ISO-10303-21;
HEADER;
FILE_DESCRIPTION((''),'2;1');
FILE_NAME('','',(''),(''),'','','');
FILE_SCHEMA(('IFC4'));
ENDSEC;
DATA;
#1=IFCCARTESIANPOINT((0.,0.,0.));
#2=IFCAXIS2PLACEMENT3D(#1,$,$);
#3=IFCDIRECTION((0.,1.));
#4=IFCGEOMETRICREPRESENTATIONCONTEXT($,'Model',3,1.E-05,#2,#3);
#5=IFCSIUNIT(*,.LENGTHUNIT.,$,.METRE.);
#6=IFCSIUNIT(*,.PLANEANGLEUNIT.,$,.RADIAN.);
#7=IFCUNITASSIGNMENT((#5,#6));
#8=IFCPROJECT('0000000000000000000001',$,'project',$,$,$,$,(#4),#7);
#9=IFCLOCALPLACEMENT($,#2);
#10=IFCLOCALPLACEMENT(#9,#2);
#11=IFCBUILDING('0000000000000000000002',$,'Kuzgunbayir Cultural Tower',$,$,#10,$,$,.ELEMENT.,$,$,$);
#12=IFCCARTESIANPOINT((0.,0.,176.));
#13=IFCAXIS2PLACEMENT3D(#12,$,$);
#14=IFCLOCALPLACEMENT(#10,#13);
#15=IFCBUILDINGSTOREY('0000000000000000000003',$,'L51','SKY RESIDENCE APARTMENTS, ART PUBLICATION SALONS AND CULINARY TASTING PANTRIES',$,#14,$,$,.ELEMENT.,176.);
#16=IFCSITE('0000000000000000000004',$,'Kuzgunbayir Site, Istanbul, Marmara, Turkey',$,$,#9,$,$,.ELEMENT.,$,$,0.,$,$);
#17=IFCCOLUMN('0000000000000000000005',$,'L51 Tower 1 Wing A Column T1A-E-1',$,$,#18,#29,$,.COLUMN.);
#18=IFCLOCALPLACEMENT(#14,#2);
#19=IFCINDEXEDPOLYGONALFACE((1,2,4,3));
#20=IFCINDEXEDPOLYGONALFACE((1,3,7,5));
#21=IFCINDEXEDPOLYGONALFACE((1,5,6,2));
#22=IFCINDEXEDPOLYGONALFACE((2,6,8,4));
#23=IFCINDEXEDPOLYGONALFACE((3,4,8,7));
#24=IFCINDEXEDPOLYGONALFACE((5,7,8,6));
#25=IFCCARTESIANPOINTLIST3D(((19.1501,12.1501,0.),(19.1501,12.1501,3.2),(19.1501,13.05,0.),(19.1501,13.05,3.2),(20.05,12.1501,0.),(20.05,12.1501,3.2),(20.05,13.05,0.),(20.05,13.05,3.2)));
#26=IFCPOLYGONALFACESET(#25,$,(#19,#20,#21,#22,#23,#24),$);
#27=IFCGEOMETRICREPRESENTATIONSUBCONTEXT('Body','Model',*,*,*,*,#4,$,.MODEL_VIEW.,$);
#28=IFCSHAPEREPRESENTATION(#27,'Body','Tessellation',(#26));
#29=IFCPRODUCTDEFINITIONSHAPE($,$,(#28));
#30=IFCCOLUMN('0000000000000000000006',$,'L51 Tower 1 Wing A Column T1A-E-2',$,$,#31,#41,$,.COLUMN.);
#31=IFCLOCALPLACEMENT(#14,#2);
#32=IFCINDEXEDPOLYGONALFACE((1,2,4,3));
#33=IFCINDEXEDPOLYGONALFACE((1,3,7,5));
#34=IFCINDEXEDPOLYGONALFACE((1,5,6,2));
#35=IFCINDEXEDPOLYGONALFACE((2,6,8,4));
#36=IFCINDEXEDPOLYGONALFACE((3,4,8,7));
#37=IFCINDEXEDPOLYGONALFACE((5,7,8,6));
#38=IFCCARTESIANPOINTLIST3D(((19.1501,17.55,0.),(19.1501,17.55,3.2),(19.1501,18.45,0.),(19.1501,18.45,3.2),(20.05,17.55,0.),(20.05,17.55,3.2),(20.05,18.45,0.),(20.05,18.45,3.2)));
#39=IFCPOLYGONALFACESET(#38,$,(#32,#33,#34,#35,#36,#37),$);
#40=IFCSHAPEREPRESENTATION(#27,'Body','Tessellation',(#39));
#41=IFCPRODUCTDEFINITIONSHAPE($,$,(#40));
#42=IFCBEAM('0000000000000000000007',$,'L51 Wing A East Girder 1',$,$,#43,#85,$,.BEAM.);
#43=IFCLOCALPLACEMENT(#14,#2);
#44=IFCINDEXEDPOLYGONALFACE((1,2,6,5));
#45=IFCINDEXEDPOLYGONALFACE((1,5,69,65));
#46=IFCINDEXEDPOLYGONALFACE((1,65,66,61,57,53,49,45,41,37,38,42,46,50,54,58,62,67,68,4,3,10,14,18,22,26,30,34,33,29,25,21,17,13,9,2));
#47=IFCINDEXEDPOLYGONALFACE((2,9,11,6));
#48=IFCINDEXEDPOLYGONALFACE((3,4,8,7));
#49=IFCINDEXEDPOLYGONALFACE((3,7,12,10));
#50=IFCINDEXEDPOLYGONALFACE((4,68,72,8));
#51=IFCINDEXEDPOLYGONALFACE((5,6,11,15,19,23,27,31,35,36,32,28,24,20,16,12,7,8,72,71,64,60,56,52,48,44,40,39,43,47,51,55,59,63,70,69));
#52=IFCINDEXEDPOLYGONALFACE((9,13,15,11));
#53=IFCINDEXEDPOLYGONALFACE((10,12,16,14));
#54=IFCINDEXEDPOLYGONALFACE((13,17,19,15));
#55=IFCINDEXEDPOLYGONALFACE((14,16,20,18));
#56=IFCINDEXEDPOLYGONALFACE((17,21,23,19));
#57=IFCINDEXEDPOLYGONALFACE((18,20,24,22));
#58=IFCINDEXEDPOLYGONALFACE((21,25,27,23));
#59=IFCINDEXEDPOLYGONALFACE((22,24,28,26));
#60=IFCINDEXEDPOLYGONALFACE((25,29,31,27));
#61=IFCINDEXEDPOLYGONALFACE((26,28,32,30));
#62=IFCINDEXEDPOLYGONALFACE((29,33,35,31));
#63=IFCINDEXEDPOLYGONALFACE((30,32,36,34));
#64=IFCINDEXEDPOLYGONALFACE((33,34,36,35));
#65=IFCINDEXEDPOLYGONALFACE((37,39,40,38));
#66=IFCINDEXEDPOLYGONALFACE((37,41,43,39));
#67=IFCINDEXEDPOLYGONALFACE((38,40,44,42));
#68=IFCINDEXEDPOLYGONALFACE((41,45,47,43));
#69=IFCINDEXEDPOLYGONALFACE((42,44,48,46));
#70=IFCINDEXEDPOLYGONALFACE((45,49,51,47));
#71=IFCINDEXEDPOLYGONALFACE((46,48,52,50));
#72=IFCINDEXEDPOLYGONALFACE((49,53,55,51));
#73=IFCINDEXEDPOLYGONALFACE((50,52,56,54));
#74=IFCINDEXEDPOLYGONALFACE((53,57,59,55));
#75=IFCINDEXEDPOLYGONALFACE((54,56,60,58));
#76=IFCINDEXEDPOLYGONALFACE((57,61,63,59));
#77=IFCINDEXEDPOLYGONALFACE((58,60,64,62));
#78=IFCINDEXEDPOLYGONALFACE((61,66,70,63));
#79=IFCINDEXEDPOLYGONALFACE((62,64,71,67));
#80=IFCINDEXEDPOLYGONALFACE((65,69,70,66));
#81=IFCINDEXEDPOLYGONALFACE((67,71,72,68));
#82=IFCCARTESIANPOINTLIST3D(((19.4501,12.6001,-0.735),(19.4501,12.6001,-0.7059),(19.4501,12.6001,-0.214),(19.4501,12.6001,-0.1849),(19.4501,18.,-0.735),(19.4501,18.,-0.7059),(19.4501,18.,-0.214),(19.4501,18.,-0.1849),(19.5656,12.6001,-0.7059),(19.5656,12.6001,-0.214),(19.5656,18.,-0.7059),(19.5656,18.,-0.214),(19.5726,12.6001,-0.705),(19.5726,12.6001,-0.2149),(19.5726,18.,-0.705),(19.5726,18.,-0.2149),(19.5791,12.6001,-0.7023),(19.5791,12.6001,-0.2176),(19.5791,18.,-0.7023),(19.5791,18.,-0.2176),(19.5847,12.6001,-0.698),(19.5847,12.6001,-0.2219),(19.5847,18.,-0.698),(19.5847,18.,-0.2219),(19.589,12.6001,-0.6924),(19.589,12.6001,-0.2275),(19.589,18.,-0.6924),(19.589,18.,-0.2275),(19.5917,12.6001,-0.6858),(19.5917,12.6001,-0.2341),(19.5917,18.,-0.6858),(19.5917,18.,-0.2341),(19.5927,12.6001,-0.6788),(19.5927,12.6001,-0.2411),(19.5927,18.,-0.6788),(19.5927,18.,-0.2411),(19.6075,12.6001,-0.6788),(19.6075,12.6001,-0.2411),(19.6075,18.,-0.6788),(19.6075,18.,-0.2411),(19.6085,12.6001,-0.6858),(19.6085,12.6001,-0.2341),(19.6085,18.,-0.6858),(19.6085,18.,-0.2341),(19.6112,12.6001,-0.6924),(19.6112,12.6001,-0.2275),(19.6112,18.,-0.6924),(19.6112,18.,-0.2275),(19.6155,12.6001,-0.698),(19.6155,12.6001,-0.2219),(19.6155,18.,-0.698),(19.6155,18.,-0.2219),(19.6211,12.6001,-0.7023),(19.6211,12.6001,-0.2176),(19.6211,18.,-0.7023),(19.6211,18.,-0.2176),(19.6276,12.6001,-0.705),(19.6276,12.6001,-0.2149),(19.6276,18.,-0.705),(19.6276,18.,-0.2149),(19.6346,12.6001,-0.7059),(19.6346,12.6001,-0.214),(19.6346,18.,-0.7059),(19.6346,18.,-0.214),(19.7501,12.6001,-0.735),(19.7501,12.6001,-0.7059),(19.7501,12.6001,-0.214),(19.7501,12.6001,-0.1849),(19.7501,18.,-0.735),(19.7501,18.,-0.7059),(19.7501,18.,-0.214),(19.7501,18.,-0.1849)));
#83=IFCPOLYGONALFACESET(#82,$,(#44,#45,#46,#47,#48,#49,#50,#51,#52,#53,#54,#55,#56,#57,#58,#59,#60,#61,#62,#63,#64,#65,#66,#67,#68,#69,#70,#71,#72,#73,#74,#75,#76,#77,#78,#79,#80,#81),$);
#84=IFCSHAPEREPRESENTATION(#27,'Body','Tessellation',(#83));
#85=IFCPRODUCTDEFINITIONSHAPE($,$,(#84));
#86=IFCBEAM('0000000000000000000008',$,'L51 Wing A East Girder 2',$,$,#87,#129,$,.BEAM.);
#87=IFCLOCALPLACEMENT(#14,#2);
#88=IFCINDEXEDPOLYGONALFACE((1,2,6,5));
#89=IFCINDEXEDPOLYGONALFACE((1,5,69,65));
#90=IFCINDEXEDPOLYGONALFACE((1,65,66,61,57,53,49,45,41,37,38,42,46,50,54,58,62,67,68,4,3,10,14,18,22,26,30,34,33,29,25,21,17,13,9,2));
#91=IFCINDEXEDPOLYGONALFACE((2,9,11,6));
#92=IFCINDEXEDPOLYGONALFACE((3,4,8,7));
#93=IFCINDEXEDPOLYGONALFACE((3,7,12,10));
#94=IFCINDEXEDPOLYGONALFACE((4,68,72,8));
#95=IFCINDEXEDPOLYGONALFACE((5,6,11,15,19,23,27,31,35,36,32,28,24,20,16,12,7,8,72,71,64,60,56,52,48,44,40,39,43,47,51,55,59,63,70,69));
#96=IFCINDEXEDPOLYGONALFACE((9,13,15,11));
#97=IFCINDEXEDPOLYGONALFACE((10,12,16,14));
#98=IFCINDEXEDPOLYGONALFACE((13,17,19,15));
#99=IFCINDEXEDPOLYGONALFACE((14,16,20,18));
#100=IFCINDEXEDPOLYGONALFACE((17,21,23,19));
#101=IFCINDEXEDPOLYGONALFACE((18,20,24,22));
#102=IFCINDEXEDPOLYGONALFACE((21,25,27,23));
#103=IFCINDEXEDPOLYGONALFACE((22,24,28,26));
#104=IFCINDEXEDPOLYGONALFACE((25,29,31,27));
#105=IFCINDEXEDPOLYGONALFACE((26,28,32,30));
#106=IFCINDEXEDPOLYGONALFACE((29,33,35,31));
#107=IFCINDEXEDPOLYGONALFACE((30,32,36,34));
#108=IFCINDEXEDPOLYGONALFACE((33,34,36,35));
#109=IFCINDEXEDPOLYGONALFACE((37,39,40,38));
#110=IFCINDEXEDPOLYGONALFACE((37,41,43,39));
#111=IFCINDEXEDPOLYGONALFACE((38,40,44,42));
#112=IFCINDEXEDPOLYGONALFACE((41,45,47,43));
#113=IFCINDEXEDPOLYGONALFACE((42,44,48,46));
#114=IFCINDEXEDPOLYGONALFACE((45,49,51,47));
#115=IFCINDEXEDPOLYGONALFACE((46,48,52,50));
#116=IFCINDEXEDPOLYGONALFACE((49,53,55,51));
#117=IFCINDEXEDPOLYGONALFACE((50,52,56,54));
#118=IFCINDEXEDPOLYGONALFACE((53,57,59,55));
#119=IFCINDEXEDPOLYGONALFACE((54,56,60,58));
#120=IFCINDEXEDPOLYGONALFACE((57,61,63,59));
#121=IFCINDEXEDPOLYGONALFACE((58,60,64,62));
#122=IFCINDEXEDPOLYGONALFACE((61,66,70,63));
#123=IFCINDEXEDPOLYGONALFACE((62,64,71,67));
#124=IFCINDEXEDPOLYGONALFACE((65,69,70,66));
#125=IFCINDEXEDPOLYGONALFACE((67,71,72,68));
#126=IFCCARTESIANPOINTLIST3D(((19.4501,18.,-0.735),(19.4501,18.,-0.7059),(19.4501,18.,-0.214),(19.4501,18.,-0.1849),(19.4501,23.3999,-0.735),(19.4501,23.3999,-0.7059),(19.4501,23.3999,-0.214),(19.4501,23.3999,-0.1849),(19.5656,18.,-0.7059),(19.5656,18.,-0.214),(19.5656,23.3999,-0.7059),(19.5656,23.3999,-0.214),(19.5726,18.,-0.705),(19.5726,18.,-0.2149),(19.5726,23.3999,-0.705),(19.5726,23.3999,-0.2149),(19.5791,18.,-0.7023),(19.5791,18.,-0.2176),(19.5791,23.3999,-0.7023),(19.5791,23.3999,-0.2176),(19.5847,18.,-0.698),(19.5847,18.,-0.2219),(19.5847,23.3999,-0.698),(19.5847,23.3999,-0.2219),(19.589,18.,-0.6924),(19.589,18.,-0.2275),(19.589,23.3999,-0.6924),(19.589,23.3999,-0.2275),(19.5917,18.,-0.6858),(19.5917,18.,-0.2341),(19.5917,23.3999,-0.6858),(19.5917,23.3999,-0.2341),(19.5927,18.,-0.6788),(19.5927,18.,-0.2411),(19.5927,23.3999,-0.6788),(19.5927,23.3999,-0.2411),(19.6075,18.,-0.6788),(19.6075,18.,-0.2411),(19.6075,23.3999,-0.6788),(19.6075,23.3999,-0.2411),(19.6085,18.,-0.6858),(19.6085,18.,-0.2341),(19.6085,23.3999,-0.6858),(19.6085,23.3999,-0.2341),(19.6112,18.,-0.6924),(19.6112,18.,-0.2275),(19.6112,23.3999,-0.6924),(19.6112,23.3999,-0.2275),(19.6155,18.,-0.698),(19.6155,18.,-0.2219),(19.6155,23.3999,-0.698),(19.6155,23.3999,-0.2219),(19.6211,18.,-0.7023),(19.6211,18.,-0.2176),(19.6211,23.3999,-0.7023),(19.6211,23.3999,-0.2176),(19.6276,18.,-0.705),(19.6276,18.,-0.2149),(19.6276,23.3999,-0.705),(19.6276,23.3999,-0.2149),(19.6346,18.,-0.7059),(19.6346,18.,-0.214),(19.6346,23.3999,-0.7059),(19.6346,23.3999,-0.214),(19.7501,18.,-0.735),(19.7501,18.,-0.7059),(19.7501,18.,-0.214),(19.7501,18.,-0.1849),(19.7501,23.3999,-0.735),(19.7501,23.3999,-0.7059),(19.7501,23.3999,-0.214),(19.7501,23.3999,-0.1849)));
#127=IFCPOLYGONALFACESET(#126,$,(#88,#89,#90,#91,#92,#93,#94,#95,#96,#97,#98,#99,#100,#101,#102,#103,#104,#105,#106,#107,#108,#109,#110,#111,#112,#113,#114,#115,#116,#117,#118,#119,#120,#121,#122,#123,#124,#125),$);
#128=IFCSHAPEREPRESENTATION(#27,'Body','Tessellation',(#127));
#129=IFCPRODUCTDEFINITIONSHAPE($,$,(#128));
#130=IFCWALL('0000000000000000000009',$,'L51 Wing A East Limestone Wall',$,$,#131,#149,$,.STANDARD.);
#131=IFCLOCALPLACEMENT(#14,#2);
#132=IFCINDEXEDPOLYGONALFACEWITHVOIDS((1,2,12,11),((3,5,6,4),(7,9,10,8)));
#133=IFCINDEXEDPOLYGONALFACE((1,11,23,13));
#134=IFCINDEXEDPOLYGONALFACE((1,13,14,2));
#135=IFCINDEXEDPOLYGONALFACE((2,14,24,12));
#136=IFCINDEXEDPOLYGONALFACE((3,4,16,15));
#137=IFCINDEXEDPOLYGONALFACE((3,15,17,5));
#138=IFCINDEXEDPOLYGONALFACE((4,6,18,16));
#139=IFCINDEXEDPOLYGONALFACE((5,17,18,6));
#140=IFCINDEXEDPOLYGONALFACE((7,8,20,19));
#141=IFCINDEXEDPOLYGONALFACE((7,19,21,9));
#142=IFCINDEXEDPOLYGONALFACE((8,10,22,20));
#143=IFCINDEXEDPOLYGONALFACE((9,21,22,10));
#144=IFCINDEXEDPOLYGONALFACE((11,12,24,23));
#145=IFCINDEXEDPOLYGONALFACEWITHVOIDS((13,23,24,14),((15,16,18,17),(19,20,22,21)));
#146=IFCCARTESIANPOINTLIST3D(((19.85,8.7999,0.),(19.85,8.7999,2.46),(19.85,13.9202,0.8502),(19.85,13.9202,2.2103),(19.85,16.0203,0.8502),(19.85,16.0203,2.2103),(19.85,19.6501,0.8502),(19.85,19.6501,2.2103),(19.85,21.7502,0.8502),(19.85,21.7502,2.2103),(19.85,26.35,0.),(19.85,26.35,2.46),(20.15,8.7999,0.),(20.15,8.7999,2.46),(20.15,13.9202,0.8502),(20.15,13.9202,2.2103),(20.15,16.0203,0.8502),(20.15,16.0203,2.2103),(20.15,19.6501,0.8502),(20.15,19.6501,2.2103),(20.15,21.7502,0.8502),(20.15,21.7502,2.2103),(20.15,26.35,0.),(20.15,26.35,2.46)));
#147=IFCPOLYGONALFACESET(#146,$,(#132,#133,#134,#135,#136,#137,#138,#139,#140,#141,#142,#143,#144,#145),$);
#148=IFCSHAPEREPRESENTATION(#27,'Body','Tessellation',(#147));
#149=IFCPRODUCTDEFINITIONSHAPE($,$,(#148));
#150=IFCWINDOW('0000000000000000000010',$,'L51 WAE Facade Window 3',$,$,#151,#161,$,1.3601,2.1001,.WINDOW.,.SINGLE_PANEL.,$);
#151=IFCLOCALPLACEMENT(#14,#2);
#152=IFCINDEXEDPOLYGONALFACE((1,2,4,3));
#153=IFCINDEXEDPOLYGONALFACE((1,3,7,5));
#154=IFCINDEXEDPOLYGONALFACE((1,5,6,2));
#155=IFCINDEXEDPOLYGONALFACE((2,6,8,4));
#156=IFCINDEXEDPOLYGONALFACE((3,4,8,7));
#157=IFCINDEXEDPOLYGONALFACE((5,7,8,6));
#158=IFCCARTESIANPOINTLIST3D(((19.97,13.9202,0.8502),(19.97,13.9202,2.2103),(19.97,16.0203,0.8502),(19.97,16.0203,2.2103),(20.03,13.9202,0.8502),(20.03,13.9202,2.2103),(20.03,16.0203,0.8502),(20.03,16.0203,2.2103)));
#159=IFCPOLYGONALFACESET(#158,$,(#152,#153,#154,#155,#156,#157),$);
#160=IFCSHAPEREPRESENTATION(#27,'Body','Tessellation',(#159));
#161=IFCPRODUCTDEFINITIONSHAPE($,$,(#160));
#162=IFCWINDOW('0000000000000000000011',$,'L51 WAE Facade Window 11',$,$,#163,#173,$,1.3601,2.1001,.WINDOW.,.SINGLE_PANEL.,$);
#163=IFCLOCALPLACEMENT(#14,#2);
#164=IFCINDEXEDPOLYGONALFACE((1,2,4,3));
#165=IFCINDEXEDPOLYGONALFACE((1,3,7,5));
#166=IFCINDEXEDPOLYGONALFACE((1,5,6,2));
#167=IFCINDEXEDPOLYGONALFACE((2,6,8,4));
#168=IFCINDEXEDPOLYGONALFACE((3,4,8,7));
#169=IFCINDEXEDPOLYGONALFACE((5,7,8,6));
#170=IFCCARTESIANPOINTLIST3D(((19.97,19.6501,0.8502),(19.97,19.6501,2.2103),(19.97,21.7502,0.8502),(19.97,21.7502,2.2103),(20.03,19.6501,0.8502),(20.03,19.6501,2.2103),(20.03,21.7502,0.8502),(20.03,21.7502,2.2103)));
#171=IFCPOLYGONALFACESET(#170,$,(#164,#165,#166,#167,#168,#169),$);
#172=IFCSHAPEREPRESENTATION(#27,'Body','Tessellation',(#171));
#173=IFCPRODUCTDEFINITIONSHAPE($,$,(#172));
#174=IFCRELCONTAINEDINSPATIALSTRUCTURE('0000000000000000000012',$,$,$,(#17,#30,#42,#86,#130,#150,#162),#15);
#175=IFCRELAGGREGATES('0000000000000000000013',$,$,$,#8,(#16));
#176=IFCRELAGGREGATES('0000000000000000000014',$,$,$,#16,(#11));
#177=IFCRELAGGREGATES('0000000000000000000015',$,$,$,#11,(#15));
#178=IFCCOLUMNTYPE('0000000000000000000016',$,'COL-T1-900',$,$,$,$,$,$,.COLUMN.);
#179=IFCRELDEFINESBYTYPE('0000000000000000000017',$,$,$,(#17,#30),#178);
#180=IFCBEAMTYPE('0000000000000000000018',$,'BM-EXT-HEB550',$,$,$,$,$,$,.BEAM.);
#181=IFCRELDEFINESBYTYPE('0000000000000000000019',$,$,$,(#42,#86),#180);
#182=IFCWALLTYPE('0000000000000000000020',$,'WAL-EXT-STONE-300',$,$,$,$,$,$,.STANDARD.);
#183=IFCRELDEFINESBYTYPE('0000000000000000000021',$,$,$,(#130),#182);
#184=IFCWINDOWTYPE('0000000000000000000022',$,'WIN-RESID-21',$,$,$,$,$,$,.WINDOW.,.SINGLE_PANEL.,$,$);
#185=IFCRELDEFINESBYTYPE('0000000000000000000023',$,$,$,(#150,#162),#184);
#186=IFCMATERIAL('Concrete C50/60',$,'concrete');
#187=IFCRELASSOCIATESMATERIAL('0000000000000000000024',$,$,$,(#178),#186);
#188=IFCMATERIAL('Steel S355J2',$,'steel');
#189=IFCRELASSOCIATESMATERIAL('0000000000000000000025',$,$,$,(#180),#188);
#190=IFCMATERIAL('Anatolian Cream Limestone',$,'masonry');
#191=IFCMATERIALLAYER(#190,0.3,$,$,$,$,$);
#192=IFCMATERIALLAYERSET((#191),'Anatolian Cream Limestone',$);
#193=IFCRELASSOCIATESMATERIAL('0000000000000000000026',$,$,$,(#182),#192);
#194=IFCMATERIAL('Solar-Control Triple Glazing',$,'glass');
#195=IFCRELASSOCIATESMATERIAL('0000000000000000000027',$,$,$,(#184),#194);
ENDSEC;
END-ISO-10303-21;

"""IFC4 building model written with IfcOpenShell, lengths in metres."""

from ifc_helpers import new_model, si_unit, direction, frame, frame_2d, origin, origin_2d, place, context, subcontext, project, spatial, rectangle, i_section, extrude, material, layer, layer_set, material_profile, profile_set, type_object, element, fill, save


model = new_model("IFC4")

# Units and contexts
model_context = context("Model", 3, precision=1e-05, world=origin(), true_north=direction((0.0, 1.0)))
body_context = subcontext(model_context, "Body", "Model", "MODEL_VIEW")
ifc_project = project(units=[si_unit("LENGTHUNIT", "METRE"), si_unit("PLANEANGLEUNIT", "RADIAN")], contexts=[model_context])

# Site, building, storey
site_placement = place(None, origin())
site = spatial("IfcSite", under=ifc_project, at=site_placement, Name="Kuzgunbayir Site, Istanbul, Marmara, Turkey", CompositionType="ELEMENT", RefElevation=0.0)
building_placement = place(site_placement, origin())
building = spatial("IfcBuilding", under=site, at=building_placement, Name="Kuzgunbayir Cultural Tower", CompositionType="ELEMENT")
storey_placement = place(building_placement, frame((0.0, 0.0, 176.0)))
storey = spatial("IfcBuildingStorey", under=building, at=storey_placement, Name="L51", Description="SKY RESIDENCE APARTMENTS, ART PUBLICATION SALONS AND CULINARY TASTING PANTRIES", CompositionType="ELEMENT", Elevation=176.0)

# Columns
ifc_material_1 = material(Name="Concrete C50/60", Category="concrete")
ifc_material_profile_1 = material_profile(ifc_material_1, rectangle(XDim=0.8999, YDim=0.8999, at=origin_2d()), Name="RC 900x900")
ifc_profile_set_1 = profile_set([ifc_material_profile_1], Name="Concrete C50/60")
column_type = type_object("IfcColumnType", Name="COL-T1-900", PredefinedType="COLUMN", material=ifc_profile_set_1)
for number, where, z_axis, x_axis, name in (
    (1, (19.6001, 12.6001, 0.0), (0.0, 0.0, 1.0), (1.0, 0.0, 0.0), "L51 Tower 1 Wing A Column T1A-E-1"),
    (2, (19.6001, 18.0, 0.0), (0.0, 0.0, 1.0), (1.0, 0.0, 0.0), "L51 Tower 1 Wing A Column T1A-E-2"),
):
    element("IfcColumn", number, at=place(storey_placement, frame(where, z_axis=z_axis, x_axis=x_axis)), inside=storey, type_object=column_type, Name=name, PredefinedType="COLUMN", context=body_context, shape_type="SweptSolid", body=[
        extrude(rectangle(XDim=0.8999, YDim=0.8999, at=origin_2d()), origin(), (0.0, 0.0, 1.0), 3.2),
    ])

# Beams
ifc_material_2 = material(Name="Steel S355J2", Category="steel")
ifc_material_profile_2 = material_profile(ifc_material_2, i_section(OverallWidth=0.3, OverallDepth=0.55, WebThickness=0.0149, FlangeThickness=0.0291, FilletRadius=0.0271, at=origin_2d()), Name="HEB 550")
ifc_profile_set_2 = profile_set([ifc_material_profile_2], Name="Steel S355J2")
beam_type = type_object("IfcBeamType", Name="BM-EXT-HEB550", PredefinedType="BEAM", material=ifc_profile_set_2)
for number, where, z_axis, x_axis, name in (
    (3, (19.6001, 12.6001, -0.46), (0.0, 1.0, 0.0), (-1.0, 0.0, 0.0), "L51 Wing A East Girder 1"),
    (4, (19.6001, 18.0, -0.46), (0.0, 1.0, 0.0), (-1.0, 0.0, 0.0), "L51 Wing A East Girder 2"),
):
    element("IfcBeam", number, at=place(storey_placement, frame(where, z_axis=z_axis, x_axis=x_axis)), inside=storey, type_object=beam_type, Name=name, PredefinedType="BEAM", context=body_context, shape_type="SweptSolid", body=[
        extrude(i_section(OverallWidth=0.3, OverallDepth=0.55, WebThickness=0.0149, FlangeThickness=0.0291, FilletRadius=0.0271, at=origin_2d()), origin(), (0.0, 0.0, 1.0), 5.3999),
    ])

# Wall, openings, windows
ifc_material_3 = material(Name="Anatolian Cream Limestone", Category="masonry")
ifc_layer_1 = layer(ifc_material_3, 0.3)
ifc_layer_set_1 = layer_set([ifc_layer_1], Name="Anatolian Cream Limestone")
wall_type_1 = type_object("IfcWallType", Name="WAL-EXT-STONE-300", PredefinedType="STANDARD", material=ifc_layer_set_1)
wall_1_placement = place(storey_placement, frame((20.0, 8.8, 0.0), z_axis=(0.0, 0.0, 1.0), x_axis=(0.0, 1.0, 0.0)))
wall_1 = element("IfcWall", 5, at=wall_1_placement, inside=storey, type_object=wall_type_1, Name="L51 Wing A East Limestone Wall", PredefinedType="STANDARD", context=body_context, shape_type="SweptSolid", body=[
    extrude(rectangle(XDim=17.55, YDim=0.3, at=frame_2d((8.7749, 0.0))), origin(), (0.0, 0.0, 1.0), 2.46),
])
opening_1_placement = place(wall_1_placement, frame((5.1201, 0.0, 0.8501)))
opening_1 = element("IfcOpeningElement", 6, at=opening_1_placement, cuts=wall_1, PredefinedType="OPENING", context=body_context, shape_type="SweptSolid", body=[
    extrude(rectangle(XDim=2.1001, YDim=1.3601, at=frame_2d((1.05, 0.6802))), frame((0.0, 0.1602, 0.0), z_axis=(0.0, -1.0, 0.0), x_axis=(1.0, 0.0, 0.0)), (0.0, 0.0, 1.0), 0.3201),
])
opening_2_placement = place(wall_1_placement, frame((10.8501, 0.0, 0.8501)))
opening_2 = element("IfcOpeningElement", 7, at=opening_2_placement, cuts=wall_1, PredefinedType="OPENING", context=body_context, shape_type="SweptSolid", body=[
    extrude(rectangle(XDim=2.1001, YDim=1.3601, at=frame_2d((1.05, 0.6802))), frame((0.0, 0.1602, 0.0), z_axis=(0.0, -1.0, 0.0), x_axis=(1.0, 0.0, 0.0)), (0.0, 0.0, 1.0), 0.3201),
])
ifc_material_4 = material(Name="Solar-Control Triple Glazing", Category="glass")
window_type = type_object("IfcWindowType", Name="WIN-RESID-21", PartitioningType="SINGLE_PANEL", PredefinedType="WINDOW", material=ifc_material_4)
window_1_placement = place(opening_1_placement, origin())
window_1 = element("IfcWindow", 8, at=window_1_placement, inside=storey, type_object=window_type, Name="L51 WAE Facade Window 3", OverallHeight=1.3601, OverallWidth=2.1001, PartitioningType="SINGLE_PANEL", PredefinedType="WINDOW", context=body_context, shape_type="SweptSolid", body=[
    extrude(rectangle(XDim=2.1001, YDim=1.3601, at=frame_2d((1.05, 0.6802))), frame((0.0, 0.03, 0.0), z_axis=(0.0, -1.0, 0.0), x_axis=(1.0, 0.0, 0.0)), (0.0, 0.0, 1.0), 0.0601),
])
fill(opening_1, window_1)
window_2_placement = place(opening_2_placement, origin())
window_2 = element("IfcWindow", 9, at=window_2_placement, inside=storey, type_object=window_type, Name="L51 WAE Facade Window 11", OverallHeight=1.3601, OverallWidth=2.1001, PartitioningType="SINGLE_PANEL", PredefinedType="WINDOW", context=body_context, shape_type="SweptSolid", body=[
    extrude(rectangle(XDim=2.1001, YDim=1.3601, at=frame_2d((1.05, 0.6802))), frame((0.0, 0.03, 0.0), z_axis=(0.0, -1.0, 0.0), x_axis=(1.0, 0.0, 0.0)), (0.0, 0.0, 1.0), 0.0601),
])
fill(opening_2, window_2)

save(model, "model.ifc")
